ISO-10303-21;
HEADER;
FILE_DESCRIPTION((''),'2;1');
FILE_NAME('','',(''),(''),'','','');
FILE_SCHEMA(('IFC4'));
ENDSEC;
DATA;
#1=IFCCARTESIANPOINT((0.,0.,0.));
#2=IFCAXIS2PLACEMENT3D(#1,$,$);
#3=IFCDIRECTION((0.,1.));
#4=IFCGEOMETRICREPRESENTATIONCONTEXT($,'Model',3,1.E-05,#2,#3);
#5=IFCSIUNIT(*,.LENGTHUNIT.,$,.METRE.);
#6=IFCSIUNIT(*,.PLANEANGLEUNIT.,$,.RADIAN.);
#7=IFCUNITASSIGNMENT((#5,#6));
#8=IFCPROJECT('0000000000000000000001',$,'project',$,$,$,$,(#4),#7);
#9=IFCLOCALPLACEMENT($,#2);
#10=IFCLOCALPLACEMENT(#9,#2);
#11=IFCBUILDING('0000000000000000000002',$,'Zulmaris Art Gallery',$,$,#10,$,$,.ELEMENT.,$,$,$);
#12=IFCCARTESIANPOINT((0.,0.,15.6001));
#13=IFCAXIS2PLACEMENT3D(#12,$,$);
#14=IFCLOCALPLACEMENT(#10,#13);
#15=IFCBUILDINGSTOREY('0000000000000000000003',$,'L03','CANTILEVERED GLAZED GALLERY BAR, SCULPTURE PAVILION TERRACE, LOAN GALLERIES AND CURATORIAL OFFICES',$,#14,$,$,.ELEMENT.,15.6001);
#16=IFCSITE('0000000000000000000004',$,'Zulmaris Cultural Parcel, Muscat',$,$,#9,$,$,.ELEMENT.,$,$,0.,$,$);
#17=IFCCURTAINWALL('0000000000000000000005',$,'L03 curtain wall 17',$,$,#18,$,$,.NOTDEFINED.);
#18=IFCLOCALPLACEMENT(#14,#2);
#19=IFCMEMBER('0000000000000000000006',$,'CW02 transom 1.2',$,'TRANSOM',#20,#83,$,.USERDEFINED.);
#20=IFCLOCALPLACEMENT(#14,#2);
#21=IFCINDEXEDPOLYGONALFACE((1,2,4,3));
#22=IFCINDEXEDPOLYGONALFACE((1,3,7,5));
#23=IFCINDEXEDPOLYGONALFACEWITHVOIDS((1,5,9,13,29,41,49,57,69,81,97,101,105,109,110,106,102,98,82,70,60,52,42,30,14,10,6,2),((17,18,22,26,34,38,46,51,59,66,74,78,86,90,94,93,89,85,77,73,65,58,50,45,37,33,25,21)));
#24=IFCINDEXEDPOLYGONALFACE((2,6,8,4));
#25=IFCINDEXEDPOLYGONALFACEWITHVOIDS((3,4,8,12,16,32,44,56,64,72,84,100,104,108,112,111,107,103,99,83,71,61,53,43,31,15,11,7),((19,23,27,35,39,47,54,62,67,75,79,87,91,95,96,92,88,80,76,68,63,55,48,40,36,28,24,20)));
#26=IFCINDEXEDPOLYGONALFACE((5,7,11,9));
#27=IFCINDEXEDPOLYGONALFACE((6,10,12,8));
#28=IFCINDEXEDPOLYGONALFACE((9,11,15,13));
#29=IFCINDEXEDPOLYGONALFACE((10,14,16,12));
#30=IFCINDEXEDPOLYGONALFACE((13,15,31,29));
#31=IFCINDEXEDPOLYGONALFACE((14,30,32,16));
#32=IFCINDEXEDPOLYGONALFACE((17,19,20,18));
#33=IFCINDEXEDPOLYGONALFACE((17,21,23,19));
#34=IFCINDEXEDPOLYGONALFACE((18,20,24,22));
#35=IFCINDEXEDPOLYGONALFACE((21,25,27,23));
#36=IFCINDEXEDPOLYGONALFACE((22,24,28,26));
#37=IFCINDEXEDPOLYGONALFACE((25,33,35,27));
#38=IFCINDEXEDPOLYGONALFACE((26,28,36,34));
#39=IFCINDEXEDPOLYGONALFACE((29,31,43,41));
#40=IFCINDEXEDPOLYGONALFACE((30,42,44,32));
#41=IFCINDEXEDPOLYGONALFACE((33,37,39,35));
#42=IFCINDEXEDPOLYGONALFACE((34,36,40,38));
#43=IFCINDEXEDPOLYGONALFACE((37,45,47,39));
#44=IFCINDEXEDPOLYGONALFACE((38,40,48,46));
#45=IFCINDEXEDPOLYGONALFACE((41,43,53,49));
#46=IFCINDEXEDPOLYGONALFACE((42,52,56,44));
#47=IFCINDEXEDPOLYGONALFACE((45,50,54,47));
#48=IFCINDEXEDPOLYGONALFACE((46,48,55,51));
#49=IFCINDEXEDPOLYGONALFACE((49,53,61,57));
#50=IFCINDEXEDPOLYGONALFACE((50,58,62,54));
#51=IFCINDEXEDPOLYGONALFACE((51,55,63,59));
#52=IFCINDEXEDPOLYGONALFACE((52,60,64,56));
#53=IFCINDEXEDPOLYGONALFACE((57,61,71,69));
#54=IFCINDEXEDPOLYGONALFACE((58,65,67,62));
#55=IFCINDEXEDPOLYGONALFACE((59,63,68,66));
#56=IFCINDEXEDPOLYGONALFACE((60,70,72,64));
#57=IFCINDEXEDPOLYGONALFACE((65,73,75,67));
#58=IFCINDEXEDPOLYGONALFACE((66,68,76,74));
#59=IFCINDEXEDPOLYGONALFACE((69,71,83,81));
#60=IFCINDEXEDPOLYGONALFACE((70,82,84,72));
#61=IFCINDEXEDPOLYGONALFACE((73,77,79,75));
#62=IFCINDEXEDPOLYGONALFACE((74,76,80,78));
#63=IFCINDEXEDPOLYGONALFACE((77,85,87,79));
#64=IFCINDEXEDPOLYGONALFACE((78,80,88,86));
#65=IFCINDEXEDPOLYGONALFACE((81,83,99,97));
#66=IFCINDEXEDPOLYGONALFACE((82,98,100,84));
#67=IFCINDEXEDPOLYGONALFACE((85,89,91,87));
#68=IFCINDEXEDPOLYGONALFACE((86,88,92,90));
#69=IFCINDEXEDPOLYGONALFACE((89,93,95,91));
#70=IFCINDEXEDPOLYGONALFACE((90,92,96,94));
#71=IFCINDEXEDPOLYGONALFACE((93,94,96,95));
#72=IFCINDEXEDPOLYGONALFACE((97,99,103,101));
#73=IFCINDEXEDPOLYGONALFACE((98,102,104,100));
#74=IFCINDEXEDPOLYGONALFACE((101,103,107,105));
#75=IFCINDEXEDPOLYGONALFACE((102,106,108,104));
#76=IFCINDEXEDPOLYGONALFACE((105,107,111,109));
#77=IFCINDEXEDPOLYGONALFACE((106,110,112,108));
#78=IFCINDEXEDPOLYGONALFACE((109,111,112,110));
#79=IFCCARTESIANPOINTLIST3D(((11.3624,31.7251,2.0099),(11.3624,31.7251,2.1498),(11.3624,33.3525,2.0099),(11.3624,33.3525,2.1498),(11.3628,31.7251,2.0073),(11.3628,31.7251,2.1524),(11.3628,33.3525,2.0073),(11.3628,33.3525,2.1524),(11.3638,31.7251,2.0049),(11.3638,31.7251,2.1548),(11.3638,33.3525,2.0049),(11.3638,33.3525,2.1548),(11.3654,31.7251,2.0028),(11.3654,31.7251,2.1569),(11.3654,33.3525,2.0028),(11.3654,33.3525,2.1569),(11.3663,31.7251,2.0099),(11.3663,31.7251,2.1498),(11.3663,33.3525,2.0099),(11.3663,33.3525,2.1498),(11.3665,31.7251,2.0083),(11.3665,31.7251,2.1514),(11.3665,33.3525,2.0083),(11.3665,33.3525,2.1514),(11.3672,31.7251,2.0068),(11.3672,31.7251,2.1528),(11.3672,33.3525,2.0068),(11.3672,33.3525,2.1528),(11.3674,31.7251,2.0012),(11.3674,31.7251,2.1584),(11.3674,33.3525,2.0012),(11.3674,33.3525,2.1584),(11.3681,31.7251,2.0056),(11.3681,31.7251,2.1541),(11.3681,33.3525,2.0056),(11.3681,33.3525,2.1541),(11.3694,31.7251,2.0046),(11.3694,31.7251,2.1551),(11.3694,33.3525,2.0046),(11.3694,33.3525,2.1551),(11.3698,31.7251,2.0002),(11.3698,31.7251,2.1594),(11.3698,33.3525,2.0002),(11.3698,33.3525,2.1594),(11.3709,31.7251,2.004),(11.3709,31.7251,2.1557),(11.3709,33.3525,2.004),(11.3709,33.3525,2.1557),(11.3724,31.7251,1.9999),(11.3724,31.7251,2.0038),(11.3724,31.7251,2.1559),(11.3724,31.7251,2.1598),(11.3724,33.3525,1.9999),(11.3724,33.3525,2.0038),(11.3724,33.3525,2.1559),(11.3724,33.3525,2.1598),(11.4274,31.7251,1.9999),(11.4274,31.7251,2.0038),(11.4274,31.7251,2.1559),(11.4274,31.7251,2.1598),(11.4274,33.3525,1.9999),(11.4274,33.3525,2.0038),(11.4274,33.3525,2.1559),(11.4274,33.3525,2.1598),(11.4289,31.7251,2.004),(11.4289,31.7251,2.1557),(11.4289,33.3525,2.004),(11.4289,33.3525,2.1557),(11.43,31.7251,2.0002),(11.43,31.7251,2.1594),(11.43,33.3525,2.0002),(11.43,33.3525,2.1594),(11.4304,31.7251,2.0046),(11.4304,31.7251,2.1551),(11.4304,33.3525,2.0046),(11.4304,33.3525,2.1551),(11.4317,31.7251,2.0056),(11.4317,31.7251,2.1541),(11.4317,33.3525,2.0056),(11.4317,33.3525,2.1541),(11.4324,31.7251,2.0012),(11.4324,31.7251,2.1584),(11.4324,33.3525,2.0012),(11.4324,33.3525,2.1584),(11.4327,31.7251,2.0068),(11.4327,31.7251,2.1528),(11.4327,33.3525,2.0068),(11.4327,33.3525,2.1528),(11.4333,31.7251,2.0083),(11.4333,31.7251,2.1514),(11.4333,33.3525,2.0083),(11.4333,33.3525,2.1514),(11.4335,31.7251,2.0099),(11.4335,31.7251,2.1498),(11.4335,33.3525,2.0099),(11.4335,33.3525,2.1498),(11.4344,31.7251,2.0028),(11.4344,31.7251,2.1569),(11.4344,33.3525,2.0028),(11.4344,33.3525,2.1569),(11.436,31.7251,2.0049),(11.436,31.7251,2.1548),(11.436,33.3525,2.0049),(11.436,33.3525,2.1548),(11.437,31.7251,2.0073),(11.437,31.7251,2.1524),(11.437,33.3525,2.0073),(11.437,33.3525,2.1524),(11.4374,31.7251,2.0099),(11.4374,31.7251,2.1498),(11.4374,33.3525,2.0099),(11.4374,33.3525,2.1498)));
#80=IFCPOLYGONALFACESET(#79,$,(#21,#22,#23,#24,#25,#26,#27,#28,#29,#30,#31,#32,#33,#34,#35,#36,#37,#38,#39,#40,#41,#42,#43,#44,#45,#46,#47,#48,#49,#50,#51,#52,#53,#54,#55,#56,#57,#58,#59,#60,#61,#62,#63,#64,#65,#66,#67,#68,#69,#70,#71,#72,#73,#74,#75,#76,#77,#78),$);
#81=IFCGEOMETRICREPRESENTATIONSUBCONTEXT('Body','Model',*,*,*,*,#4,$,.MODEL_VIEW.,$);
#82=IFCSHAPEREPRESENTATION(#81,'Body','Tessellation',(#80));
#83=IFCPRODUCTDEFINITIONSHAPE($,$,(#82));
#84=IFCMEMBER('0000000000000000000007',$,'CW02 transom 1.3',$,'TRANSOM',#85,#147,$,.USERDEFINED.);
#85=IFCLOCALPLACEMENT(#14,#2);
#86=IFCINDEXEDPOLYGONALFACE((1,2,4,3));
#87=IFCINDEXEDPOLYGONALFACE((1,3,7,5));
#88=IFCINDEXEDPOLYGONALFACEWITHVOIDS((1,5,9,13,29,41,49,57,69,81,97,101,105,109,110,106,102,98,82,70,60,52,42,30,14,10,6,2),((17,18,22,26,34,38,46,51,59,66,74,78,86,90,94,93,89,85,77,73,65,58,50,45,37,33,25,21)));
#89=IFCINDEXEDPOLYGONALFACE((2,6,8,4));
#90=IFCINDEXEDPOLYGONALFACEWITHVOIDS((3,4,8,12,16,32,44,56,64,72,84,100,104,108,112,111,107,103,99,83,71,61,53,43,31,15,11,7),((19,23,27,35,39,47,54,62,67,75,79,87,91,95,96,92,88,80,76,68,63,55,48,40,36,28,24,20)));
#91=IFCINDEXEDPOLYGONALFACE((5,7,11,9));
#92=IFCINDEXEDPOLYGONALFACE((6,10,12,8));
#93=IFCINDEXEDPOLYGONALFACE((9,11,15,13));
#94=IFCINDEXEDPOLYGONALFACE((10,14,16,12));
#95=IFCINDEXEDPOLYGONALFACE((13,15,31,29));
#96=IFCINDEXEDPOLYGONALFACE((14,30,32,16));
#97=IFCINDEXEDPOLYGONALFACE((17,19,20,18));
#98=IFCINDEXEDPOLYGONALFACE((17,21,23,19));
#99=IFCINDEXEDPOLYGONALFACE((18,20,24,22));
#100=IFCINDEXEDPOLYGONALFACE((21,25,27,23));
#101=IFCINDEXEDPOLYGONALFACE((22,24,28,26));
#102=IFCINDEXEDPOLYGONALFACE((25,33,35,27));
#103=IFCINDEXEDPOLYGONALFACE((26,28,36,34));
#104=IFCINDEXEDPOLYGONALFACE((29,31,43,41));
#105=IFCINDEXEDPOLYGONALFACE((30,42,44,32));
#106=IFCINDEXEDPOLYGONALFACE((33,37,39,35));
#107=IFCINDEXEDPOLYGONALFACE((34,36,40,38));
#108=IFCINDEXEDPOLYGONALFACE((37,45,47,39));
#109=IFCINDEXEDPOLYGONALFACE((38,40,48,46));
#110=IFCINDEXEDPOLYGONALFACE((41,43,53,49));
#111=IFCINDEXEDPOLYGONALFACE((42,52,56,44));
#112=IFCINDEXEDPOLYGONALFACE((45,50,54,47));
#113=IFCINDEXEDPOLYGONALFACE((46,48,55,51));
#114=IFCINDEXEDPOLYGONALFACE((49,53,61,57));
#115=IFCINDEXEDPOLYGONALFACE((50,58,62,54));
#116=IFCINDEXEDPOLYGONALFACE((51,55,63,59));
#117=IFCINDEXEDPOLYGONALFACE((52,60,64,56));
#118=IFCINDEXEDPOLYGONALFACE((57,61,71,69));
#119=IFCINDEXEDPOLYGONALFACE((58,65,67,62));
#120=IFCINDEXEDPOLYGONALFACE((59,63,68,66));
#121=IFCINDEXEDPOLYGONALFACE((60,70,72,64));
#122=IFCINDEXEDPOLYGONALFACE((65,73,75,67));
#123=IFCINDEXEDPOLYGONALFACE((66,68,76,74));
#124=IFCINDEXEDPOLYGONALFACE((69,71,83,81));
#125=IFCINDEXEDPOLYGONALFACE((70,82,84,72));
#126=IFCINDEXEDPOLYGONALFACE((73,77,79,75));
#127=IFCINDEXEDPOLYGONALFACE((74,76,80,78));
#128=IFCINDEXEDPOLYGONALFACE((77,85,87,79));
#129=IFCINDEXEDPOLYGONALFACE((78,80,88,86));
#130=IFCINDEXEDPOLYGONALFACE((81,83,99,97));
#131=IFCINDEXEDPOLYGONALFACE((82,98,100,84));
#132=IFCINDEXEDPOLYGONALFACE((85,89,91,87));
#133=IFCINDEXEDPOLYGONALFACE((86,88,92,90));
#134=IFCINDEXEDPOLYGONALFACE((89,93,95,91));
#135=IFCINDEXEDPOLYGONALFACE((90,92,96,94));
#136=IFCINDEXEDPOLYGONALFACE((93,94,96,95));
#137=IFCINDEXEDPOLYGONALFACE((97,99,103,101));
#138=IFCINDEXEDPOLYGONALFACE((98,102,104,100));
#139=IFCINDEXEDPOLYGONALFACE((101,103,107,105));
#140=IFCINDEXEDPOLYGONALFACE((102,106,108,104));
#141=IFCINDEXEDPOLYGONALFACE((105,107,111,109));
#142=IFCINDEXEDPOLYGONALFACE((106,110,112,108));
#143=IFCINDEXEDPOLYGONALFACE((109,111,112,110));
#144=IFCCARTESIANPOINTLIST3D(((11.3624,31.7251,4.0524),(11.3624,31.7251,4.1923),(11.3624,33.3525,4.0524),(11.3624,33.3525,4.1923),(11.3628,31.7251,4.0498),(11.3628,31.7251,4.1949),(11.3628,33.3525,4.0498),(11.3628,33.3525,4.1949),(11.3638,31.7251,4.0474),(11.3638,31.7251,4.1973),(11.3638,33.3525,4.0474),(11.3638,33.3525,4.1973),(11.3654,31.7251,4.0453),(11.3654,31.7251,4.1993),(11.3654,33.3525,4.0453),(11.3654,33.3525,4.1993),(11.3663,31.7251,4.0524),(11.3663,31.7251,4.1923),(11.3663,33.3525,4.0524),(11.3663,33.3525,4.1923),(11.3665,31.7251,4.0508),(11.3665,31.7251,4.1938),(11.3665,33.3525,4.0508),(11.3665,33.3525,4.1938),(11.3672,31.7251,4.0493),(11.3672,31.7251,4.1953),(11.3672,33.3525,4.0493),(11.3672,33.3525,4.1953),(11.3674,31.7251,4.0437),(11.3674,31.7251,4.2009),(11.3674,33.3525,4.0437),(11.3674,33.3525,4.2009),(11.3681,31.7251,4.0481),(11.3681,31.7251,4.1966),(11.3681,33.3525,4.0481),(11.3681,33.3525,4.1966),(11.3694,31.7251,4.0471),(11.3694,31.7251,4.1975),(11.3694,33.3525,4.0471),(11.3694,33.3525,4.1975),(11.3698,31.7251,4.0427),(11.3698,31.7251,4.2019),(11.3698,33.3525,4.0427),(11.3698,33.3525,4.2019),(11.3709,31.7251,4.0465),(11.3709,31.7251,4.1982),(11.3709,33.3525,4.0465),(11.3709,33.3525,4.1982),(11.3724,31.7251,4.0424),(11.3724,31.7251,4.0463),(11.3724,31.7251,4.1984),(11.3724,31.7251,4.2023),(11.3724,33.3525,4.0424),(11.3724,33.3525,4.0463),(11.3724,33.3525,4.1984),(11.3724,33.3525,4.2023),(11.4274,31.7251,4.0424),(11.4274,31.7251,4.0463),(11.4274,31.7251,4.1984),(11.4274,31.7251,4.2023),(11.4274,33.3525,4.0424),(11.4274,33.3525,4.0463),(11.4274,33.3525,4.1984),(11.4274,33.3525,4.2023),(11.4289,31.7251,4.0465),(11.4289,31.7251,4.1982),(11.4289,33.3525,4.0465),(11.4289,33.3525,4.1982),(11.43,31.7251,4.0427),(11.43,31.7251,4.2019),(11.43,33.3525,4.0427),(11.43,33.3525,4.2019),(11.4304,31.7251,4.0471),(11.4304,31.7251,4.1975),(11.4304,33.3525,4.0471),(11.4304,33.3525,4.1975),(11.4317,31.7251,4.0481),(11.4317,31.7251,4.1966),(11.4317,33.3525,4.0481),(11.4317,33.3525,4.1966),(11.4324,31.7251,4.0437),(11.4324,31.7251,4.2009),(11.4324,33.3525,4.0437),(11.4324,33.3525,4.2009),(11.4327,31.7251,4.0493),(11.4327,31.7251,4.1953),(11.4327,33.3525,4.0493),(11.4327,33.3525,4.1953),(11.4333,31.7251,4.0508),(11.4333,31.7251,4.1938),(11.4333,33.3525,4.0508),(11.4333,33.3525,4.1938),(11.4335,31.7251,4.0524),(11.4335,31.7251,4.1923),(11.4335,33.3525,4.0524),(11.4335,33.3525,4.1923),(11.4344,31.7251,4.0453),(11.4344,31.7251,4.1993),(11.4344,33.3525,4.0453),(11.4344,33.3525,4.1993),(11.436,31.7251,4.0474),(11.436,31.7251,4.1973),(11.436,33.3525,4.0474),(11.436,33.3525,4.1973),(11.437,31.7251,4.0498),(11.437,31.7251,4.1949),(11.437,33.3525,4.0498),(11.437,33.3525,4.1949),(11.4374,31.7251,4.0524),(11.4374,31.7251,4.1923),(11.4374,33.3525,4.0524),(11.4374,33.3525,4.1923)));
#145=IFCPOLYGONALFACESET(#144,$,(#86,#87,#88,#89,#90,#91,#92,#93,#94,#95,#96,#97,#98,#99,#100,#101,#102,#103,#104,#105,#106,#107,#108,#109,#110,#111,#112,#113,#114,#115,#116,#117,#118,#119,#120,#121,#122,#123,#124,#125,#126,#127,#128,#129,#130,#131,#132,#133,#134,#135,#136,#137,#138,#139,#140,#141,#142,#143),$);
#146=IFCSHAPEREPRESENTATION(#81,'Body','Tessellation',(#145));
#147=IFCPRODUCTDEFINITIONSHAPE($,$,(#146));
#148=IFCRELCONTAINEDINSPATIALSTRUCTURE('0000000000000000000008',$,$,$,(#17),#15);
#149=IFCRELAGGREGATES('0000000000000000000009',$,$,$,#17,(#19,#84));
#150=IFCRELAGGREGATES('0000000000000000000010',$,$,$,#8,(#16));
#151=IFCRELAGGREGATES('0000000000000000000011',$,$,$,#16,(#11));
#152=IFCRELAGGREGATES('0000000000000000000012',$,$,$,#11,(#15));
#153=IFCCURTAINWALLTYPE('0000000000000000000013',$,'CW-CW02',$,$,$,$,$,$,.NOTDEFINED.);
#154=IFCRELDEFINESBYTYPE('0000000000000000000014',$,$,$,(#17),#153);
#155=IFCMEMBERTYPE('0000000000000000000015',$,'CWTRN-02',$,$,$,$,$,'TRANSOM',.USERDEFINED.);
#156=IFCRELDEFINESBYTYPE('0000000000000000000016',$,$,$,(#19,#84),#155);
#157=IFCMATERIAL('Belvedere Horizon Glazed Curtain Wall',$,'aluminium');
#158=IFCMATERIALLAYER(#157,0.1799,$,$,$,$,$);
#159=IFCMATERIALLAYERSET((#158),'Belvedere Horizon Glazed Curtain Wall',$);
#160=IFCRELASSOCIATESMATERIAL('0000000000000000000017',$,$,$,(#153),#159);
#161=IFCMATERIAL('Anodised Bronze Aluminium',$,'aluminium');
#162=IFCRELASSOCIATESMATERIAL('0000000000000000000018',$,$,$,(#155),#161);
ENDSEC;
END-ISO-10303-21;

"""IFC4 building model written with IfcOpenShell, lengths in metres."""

from ifc_helpers import new_model, si_unit, direction, frame, origin, origin_2d, place, context, subcontext, project, spatial, hollow_rectangle, extrude, material, layer, layer_set, material_profile, profile_set, type_object, element, aggregate, save


model = new_model("IFC4")

# Units and contexts
model_context = context("Model", 3, precision=1e-05, world=origin(), true_north=direction((0.0, 1.0)))
body_context = subcontext(model_context, "Body", "Model", "MODEL_VIEW")
ifc_project = project(units=[si_unit("LENGTHUNIT", "METRE"), si_unit("PLANEANGLEUNIT", "RADIAN")], contexts=[model_context])

# Site, building, storey
site_placement = place(None, origin())
site = spatial("IfcSite", under=ifc_project, at=site_placement, Name="Zulmaris Cultural Parcel, Muscat", CompositionType="ELEMENT", RefElevation=0.0)
building_placement = place(site_placement, origin())
building = spatial("IfcBuilding", under=site, at=building_placement, Name="Zulmaris Art Gallery", CompositionType="ELEMENT")
storey_placement = place(building_placement, frame((0.0, 0.0, 15.6001)))
storey = spatial("IfcBuildingStorey", under=building, at=storey_placement, Name="L03", Description="CANTILEVERED GLAZED GALLERY BAR, SCULPTURE PAVILION TERRACE, LOAN GALLERIES AND CURATORIAL OFFICES", CompositionType="ELEMENT", Elevation=15.6001)

# Shared definitions
ifc_material_1 = material(Name="Belvedere Horizon Glazed Curtain Wall", Category="aluminium")
ifc_layer_1 = layer(ifc_material_1, 0.1799)
ifc_layer_set_1 = layer_set([ifc_layer_1], Name="Belvedere Horizon Glazed Curtain Wall")
curtain_wall_type = type_object("IfcCurtainWallType", Name="CW-CW02", PredefinedType="NOTDEFINED", material=ifc_layer_set_1)
ifc_material_2 = material(Name="Anodised Bronze Aluminium", Category="aluminium")

# Curtain wall, members
curtain_wall_1_placement = place(storey_placement, origin())
curtain_wall_1 = element("IfcCurtainWall", 1, at=curtain_wall_1_placement, inside=storey, type_object=curtain_wall_type, Name="L03 curtain wall 17", PredefinedType="NOTDEFINED")
ifc_material_profile_1 = material_profile(ifc_material_2, hollow_rectangle(XDim=0.075, YDim=0.1599, WallThickness=0.0039, InnerFilletRadius=0.0061, OuterFilletRadius=0.01, at=origin_2d()), Name="ALU 75x160x4")
ifc_profile_set_1 = profile_set([ifc_material_profile_1], Name="Anodised Bronze Aluminium")
member_type_1 = type_object("IfcMemberType", Name="CWTRN-02", ElementType="TRANSOM", PredefinedType="USERDEFINED", material=ifc_profile_set_1)
member_1_placement = place(storey_placement, frame((11.3999, 31.7251, 2.0798), z_axis=(0.0, 1.0, 0.0), x_axis=(-1.0, 0.0, 0.0)))
member_1 = element("IfcMember", 2, at=member_1_placement, type_object=member_type_1, Name="CW02 transom 1.2", ObjectType="TRANSOM", PredefinedType="USERDEFINED", context=body_context, shape_type="SweptSolid", body=[
    extrude(hollow_rectangle(XDim=0.075, YDim=0.1599, WallThickness=0.0039, InnerFilletRadius=0.0061, OuterFilletRadius=0.01, at=origin_2d()), origin(), (0.0, 0.0, 1.0), 1.6274),
])
member_2_placement = place(storey_placement, frame((11.3999, 31.7251, 4.1223), z_axis=(0.0, 1.0, 0.0), x_axis=(-1.0, 0.0, 0.0)))
member_2 = element("IfcMember", 3, at=member_2_placement, type_object=member_type_1, Name="CW02 transom 1.3", ObjectType="TRANSOM", PredefinedType="USERDEFINED", context=body_context, shape_type="SweptSolid", body=[
    extrude(hollow_rectangle(XDim=0.075, YDim=0.1599, WallThickness=0.0039, InnerFilletRadius=0.0061, OuterFilletRadius=0.01, at=origin_2d()), origin(), (0.0, 0.0, 1.0), 1.6274),
])

aggregate(curtain_wall_1, [member_1, member_2])

save(model, "model.ifc")
